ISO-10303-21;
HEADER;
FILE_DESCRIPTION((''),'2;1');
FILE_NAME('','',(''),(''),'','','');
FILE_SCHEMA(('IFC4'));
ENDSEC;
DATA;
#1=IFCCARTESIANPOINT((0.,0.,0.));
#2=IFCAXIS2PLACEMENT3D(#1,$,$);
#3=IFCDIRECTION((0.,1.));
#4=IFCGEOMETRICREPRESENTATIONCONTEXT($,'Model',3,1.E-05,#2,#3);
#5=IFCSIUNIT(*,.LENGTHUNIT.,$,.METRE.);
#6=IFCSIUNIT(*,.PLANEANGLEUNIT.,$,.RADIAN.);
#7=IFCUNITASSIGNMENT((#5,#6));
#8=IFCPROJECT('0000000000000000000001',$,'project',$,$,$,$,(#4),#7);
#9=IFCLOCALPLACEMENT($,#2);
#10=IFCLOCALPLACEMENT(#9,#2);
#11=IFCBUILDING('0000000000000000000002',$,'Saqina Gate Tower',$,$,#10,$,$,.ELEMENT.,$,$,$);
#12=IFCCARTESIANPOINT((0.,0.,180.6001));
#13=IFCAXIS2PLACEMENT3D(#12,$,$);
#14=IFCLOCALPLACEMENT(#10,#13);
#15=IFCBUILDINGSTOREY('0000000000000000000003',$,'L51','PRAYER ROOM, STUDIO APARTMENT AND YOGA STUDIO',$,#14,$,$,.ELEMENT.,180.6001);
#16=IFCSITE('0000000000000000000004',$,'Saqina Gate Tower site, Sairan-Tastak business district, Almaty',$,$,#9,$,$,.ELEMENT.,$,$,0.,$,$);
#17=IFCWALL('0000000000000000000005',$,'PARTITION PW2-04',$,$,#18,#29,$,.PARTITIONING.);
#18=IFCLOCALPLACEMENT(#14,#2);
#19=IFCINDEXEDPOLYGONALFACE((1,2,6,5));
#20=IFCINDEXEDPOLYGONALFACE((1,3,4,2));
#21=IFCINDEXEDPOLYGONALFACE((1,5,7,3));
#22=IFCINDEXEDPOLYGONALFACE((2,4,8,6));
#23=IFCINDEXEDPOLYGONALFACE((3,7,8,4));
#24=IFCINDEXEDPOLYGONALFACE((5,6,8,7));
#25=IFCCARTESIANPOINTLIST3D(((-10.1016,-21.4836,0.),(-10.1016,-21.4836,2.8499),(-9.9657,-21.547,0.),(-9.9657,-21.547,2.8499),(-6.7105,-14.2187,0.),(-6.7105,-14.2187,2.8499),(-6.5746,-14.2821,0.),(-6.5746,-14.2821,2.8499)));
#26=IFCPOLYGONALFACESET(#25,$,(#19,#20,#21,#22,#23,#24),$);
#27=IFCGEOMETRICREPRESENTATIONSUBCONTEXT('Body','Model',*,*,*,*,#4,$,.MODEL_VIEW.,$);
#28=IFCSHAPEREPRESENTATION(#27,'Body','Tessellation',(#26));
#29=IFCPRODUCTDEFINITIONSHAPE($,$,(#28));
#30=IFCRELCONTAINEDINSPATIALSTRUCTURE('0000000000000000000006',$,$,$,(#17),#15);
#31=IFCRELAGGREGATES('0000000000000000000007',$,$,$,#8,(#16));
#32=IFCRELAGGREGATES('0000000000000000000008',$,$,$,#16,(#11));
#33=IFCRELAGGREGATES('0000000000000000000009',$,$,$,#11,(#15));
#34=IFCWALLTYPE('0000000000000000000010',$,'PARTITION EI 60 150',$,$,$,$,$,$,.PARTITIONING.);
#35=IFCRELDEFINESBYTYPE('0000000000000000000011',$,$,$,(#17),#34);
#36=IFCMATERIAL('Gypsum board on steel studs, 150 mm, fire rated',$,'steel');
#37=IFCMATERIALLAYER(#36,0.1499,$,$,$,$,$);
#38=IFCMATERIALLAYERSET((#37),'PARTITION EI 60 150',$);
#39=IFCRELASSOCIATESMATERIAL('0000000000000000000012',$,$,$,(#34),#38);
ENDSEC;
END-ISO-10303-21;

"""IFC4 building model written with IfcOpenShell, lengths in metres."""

from ifc_helpers import new_model, si_unit, direction, frame, frame_2d, origin, place, context, subcontext, project, spatial, rectangle, extrude, material, layer, layer_set, type_object, element, save


model = new_model("IFC4")

# Units and contexts
model_context = context("Model", 3, precision=1e-05, world=origin(), true_north=direction((0.0, 1.0)))
body_context = subcontext(model_context, "Body", "Model", "MODEL_VIEW")
ifc_project = project(units=[si_unit("LENGTHUNIT", "METRE"), si_unit("PLANEANGLEUNIT", "RADIAN")], contexts=[model_context])

# Site, building, storey
site_placement = place(None, origin())
site = spatial("IfcSite", under=ifc_project, at=site_placement, Name="Saqina Gate Tower site, Sairan-Tastak business district, Almaty", CompositionType="ELEMENT", RefElevation=0.0)
building_placement = place(site_placement, origin())
building = spatial("IfcBuilding", under=site, at=building_placement, Name="Saqina Gate Tower", CompositionType="ELEMENT")
storey_placement = place(building_placement, frame((0.0, 0.0, 180.6001)))
storey = spatial("IfcBuildingStorey", under=building, at=storey_placement, Name="L51", Description="PRAYER ROOM, STUDIO APARTMENT AND YOGA STUDIO", CompositionType="ELEMENT", Elevation=180.6001)

# Wall
ifc_material_1 = material(Name="Gypsum board on steel studs, 150 mm, fire rated", Category="steel")
ifc_layer_1 = layer(ifc_material_1, 0.1499)
ifc_layer_set_1 = layer_set([ifc_layer_1], Name="PARTITION EI 60 150")
wall_type_1 = type_object("IfcWallType", Name="PARTITION EI 60 150", PredefinedType="PARTITIONING", material=ifc_layer_set_1)
wall_1_placement = place(storey_placement, frame((-10.0337, -21.5154, 0.0), z_axis=(0.0, 0.0, 1.0), x_axis=(0.42297, 0.906143, 0.0)))
element("IfcWall", 1, at=wall_1_placement, inside=storey, type_object=wall_type_1, Name="PARTITION PW2-04", PredefinedType="PARTITIONING", context=body_context, shape_type="SweptSolid", body=[
    extrude(rectangle(XDim=8.0173, YDim=0.1499, at=frame_2d((4.0088, 0.0))), origin(), (0.0, 0.0, 1.0), 2.8499),
])

save(model, "model.ifc")
